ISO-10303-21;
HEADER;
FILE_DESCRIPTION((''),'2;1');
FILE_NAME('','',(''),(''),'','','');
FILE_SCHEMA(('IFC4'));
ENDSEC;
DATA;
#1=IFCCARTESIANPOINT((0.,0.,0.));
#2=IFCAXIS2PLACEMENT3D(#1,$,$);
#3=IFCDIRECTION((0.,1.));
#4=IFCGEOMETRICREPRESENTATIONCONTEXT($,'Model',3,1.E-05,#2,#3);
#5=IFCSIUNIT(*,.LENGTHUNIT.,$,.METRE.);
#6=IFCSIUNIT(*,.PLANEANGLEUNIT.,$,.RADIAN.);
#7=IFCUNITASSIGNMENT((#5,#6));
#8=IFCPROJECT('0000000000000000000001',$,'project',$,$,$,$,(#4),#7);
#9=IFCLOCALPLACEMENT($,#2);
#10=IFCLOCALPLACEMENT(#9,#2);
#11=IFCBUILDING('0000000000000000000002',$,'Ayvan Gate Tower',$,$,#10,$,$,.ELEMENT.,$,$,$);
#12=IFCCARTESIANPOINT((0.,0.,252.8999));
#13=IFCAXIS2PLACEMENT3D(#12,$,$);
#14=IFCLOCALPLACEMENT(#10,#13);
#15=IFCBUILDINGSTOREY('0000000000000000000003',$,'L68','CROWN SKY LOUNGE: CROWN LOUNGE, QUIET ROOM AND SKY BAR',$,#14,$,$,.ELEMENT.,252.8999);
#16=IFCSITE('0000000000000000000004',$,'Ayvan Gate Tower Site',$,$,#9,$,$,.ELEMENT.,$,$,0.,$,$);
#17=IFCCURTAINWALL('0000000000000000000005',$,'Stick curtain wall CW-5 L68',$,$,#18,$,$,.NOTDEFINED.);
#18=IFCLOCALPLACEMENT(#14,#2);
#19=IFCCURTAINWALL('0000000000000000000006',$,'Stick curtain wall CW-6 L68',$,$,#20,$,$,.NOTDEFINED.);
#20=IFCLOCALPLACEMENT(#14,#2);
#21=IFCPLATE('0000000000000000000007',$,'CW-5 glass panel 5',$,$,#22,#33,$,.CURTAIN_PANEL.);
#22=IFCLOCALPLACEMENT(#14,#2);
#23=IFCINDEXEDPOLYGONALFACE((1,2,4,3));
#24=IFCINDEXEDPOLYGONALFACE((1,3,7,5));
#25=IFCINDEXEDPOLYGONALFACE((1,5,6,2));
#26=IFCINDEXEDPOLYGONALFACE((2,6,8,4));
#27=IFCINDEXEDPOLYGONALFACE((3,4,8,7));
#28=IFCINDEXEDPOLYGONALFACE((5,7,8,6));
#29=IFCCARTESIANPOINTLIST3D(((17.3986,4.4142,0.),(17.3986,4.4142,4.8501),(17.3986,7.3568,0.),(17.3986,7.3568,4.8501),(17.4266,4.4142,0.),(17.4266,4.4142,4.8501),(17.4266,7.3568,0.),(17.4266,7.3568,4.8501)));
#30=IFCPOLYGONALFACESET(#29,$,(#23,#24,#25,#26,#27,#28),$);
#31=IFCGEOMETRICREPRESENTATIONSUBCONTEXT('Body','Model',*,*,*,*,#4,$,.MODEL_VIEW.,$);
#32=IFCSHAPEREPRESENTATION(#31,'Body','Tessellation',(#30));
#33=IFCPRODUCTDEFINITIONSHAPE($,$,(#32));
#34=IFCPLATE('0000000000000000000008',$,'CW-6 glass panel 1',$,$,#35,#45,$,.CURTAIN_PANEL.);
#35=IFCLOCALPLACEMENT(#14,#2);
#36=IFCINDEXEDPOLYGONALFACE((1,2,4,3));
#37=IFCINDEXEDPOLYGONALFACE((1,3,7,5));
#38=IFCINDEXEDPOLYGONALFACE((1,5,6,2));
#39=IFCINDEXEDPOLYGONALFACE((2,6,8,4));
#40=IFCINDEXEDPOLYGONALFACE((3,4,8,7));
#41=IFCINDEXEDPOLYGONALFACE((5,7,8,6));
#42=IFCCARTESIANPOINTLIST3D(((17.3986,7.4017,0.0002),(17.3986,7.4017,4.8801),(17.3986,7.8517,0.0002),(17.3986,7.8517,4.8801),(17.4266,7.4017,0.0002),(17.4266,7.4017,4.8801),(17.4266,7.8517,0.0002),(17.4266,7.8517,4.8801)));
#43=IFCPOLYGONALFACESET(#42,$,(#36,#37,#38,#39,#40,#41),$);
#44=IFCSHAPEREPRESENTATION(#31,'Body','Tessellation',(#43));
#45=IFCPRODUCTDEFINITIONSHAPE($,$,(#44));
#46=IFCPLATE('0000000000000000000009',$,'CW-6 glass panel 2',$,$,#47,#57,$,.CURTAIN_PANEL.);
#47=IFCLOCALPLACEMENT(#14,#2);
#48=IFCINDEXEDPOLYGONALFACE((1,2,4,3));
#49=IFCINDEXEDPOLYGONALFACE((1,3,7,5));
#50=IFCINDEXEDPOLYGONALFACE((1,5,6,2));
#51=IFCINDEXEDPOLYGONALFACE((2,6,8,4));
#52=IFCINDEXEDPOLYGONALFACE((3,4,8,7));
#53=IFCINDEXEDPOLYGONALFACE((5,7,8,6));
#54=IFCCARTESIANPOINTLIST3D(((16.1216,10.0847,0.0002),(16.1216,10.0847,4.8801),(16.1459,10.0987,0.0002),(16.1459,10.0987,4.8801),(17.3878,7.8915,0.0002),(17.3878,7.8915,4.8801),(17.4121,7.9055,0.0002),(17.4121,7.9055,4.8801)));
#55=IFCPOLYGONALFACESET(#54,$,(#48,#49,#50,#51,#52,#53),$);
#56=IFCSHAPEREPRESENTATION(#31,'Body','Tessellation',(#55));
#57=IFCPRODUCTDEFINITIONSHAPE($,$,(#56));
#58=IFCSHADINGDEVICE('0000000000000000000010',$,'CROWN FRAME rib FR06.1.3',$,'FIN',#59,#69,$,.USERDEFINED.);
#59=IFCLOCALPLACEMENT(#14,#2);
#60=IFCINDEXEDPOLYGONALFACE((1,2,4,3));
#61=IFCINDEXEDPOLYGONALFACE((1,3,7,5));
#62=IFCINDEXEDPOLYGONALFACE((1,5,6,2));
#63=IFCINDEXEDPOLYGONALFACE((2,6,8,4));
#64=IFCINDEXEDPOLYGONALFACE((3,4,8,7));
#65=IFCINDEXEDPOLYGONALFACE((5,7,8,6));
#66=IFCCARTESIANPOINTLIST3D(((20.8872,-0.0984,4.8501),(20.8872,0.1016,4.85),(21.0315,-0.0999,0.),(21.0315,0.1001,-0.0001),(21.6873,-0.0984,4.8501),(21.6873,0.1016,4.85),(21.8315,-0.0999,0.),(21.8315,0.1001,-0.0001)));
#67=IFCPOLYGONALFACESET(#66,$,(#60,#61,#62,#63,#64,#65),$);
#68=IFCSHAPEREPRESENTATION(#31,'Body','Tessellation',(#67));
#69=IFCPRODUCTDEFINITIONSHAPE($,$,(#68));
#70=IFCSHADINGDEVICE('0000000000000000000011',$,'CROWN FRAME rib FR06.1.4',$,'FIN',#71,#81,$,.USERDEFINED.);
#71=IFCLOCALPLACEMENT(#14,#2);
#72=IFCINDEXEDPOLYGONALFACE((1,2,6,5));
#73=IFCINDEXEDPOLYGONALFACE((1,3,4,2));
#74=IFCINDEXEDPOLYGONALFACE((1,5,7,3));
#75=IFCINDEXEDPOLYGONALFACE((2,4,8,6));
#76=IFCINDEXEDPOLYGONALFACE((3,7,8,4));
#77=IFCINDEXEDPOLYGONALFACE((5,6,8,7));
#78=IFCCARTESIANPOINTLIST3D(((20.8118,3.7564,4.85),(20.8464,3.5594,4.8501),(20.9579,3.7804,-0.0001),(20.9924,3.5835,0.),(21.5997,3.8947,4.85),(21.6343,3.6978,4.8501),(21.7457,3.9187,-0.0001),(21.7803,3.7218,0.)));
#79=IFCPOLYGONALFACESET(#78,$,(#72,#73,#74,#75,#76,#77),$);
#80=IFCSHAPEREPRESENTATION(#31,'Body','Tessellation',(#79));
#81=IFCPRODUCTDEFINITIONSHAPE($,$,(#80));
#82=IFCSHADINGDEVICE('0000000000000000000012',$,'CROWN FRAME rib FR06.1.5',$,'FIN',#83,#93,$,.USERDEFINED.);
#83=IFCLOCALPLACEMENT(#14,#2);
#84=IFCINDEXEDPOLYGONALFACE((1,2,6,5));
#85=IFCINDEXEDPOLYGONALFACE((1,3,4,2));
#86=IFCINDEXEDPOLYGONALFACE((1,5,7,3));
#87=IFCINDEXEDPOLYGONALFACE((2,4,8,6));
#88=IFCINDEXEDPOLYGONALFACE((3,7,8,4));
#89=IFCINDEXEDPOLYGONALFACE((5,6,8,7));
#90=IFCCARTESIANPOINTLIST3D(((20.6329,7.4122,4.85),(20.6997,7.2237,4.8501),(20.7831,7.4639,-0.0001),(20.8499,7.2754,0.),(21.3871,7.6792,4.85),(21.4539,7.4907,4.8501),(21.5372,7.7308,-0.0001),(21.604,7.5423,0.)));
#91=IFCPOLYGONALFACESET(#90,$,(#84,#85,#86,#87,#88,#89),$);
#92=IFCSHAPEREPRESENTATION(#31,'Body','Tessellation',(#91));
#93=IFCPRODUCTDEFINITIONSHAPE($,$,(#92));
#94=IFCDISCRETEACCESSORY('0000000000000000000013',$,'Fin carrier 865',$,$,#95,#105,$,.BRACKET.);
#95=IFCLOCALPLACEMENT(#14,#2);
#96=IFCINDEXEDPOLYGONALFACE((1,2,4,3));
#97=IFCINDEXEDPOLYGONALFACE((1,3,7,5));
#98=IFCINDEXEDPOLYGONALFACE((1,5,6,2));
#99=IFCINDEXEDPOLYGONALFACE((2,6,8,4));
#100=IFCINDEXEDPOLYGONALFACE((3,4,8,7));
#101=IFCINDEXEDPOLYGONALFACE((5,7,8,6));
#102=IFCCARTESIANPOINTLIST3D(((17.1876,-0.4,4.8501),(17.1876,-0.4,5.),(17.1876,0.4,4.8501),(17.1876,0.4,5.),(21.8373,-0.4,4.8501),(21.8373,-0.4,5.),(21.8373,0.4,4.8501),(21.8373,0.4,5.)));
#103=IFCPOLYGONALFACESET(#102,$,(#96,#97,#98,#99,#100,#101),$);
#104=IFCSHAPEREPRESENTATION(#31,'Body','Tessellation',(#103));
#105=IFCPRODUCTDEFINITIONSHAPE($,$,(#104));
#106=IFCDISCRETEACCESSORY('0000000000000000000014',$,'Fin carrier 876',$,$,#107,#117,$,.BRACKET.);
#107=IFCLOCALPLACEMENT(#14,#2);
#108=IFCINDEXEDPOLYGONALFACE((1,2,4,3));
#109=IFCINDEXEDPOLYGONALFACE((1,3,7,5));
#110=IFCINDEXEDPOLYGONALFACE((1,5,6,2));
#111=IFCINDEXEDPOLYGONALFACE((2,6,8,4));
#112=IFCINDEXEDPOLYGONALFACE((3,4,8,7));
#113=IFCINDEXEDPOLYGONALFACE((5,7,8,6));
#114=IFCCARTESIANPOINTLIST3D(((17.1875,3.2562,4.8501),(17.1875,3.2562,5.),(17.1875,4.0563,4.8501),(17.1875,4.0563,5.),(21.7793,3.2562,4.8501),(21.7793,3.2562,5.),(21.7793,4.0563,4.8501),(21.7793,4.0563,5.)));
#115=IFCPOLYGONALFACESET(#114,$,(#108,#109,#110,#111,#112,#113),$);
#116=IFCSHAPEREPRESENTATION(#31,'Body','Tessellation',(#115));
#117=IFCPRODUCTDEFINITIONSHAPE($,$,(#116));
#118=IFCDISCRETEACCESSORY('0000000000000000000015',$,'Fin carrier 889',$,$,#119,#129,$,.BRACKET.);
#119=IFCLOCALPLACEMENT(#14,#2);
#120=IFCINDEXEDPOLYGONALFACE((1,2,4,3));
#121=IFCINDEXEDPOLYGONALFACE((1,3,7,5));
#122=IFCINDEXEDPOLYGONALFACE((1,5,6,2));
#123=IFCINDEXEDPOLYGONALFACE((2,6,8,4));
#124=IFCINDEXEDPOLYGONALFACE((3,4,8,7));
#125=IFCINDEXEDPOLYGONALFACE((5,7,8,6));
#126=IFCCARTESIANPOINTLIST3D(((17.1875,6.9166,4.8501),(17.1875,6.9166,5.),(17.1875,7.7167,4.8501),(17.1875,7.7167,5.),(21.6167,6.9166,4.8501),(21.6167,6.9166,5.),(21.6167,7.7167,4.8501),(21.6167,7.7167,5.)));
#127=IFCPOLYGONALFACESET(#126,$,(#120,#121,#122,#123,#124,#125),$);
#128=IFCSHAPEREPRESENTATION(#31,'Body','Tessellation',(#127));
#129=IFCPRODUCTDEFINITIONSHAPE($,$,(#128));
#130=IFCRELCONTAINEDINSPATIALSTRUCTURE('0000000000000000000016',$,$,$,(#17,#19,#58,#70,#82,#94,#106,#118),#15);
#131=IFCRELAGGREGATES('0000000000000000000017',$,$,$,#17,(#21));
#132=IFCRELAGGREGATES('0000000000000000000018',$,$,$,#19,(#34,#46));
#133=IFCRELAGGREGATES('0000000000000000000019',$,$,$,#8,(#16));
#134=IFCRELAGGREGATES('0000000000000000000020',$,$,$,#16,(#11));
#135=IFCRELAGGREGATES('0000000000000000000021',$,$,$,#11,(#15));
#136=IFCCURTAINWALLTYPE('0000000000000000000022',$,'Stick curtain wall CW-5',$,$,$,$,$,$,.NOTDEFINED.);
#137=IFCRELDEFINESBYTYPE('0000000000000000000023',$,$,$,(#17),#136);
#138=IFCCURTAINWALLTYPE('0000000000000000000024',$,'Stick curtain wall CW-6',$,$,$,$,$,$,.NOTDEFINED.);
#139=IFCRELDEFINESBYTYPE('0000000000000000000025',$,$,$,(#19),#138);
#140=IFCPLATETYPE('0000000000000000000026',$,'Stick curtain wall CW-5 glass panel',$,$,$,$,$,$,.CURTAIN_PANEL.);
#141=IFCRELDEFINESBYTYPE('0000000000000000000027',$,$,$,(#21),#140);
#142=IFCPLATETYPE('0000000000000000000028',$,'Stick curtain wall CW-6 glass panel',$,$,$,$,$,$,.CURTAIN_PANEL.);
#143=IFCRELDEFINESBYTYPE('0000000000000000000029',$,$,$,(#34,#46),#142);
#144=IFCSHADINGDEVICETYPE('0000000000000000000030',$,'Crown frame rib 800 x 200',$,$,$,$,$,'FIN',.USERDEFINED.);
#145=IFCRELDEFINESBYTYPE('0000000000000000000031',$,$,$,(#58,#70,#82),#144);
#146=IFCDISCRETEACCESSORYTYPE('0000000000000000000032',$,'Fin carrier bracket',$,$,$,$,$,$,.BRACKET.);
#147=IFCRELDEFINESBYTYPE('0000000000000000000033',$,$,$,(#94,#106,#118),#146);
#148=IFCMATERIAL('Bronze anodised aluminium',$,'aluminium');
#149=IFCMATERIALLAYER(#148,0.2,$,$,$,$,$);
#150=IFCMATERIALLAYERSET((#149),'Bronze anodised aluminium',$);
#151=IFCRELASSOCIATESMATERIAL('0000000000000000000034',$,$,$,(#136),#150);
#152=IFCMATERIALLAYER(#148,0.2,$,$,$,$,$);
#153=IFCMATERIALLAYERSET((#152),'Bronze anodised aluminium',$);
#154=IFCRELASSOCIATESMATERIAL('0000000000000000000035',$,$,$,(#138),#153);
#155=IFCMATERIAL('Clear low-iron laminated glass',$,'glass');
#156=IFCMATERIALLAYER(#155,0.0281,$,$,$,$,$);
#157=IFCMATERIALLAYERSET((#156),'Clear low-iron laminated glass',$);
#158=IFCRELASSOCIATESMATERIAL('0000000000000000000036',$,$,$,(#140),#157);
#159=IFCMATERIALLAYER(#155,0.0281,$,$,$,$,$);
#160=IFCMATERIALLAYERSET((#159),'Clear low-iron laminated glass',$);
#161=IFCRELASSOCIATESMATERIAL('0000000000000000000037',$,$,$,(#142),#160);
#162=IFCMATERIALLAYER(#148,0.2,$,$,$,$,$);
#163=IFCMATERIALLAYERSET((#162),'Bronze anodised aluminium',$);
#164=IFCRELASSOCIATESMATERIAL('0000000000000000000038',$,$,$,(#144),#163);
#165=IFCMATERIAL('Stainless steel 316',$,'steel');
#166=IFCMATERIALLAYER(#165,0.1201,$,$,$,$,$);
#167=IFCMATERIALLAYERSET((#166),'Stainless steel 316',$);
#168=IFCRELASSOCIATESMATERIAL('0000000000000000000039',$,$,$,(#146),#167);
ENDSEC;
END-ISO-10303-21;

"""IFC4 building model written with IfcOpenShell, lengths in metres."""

from ifc_helpers import new_model, si_unit, direction, frame, origin, origin_2d, place, context, subcontext, project, spatial, polyline, rectangle, outline, extrude, material, layer, layer_set, type_object, element, aggregate, save


model = new_model("IFC4")

# Units and contexts
model_context = context("Model", 3, precision=1e-05, world=origin(), true_north=direction((0.0, 1.0)))
body_context = subcontext(model_context, "Body", "Model", "MODEL_VIEW")
ifc_project = project(units=[si_unit("LENGTHUNIT", "METRE"), si_unit("PLANEANGLEUNIT", "RADIAN")], contexts=[model_context])

# Site, building, storey
site_placement = place(None, origin())
site = spatial("IfcSite", under=ifc_project, at=site_placement, Name="Ayvan Gate Tower Site", CompositionType="ELEMENT", RefElevation=0.0)
building_placement = place(site_placement, origin())
building = spatial("IfcBuilding", under=site, at=building_placement, Name="Ayvan Gate Tower", CompositionType="ELEMENT")
storey_placement = place(building_placement, frame((0.0, 0.0, 252.8999)))
storey = spatial("IfcBuildingStorey", under=building, at=storey_placement, Name="L68", Description="CROWN SKY LOUNGE: CROWN LOUNGE, QUIET ROOM AND SKY BAR", CompositionType="ELEMENT", Elevation=252.8999)

# Curtain walls
ifc_material_1 = material(Name="Bronze anodised aluminium", Category="aluminium")
ifc_layer_1 = layer(ifc_material_1, 0.2)
ifc_layer_set_1 = layer_set([ifc_layer_1], Name="Bronze anodised aluminium")
curtain_wall_type_1 = type_object("IfcCurtainWallType", Name="Stick curtain wall CW-5", PredefinedType="NOTDEFINED", material=ifc_layer_set_1)
curtain_wall_1_placement = place(storey_placement, origin())
curtain_wall_1 = element("IfcCurtainWall", 1, at=curtain_wall_1_placement, inside=storey, type_object=curtain_wall_type_1, Name="Stick curtain wall CW-5 L68", PredefinedType="NOTDEFINED")
ifc_layer_2 = layer(ifc_material_1, 0.2)
ifc_layer_set_2 = layer_set([ifc_layer_2], Name="Bronze anodised aluminium")
curtain_wall_type_2 = type_object("IfcCurtainWallType", Name="Stick curtain wall CW-6", PredefinedType="NOTDEFINED", material=ifc_layer_set_2)
curtain_wall_2_placement = place(storey_placement, origin())
curtain_wall_2 = element("IfcCurtainWall", 2, at=curtain_wall_2_placement, inside=storey, type_object=curtain_wall_type_2, Name="Stick curtain wall CW-6 L68", PredefinedType="NOTDEFINED")

# Plates
ifc_material_2 = material(Name="Clear low-iron laminated glass", Category="glass")
ifc_layer_3 = layer(ifc_material_2, 0.0281)
ifc_layer_set_3 = layer_set([ifc_layer_3], Name="Clear low-iron laminated glass")
plate_type_1 = type_object("IfcPlateType", Name="Stick curtain wall CW-5 glass panel", PredefinedType="CURTAIN_PANEL", material=ifc_layer_set_3)
plate_1_placement = place(storey_placement, frame((17.4126, 5.8855, 0.0), z_axis=(0.0, 0.0, 1.0), x_axis=(0.0, 1.0, 0.0)))
plate_1 = element("IfcPlate", 3, at=plate_1_placement, type_object=plate_type_1, Name="CW-5 glass panel 5", PredefinedType="CURTAIN_PANEL", context=body_context, shape_type="SweptSolid", body=[
    extrude(rectangle(XDim=2.9426, YDim=0.0281, at=origin_2d()), origin(), (0.0, 0.0, 1.0), 4.8501),
])
aggregate(curtain_wall_1, [plate_1])
ifc_layer_4 = layer(ifc_material_2, 0.0281)
ifc_layer_set_4 = layer_set([ifc_layer_4], Name="Clear low-iron laminated glass")
plate_type_2 = type_object("IfcPlateType", Name="Stick curtain wall CW-6 glass panel", PredefinedType="CURTAIN_PANEL", material=ifc_layer_set_4)
plate_2_placement = place(storey_placement, frame((17.4126, 7.6267, 0.0002), z_axis=(0.0, 0.0, 1.0), x_axis=(0.0, 1.0, 0.0)))
plate_2 = element("IfcPlate", 4, at=plate_2_placement, type_object=plate_type_2, Name="CW-6 glass panel 1", PredefinedType="CURTAIN_PANEL", context=body_context, shape_type="SweptSolid", body=[
    extrude(rectangle(XDim=0.45, YDim=0.0281, at=origin_2d()), origin(), (0.0, 0.0, 1.0), 4.8799),
])
plate_3_placement = place(storey_placement, frame((16.7668, 8.9951, 0.0002), z_axis=(0.0, 0.0, 1.0), x_axis=(-0.5, 0.866025, 0.0)))
plate_3 = element("IfcPlate", 5, at=plate_3_placement, type_object=plate_type_2, Name="CW-6 glass panel 2", PredefinedType="CURTAIN_PANEL", context=body_context, shape_type="SweptSolid", body=[
    extrude(rectangle(XDim=2.5325, YDim=0.0281, at=origin_2d()), origin(), (0.0, 0.0, 1.0), 4.8799),
])
aggregate(curtain_wall_2, [plate_2, plate_3])

# Shading devices
ifc_layer_5 = layer(ifc_material_1, 0.2)
ifc_layer_set_5 = layer_set([ifc_layer_5], Name="Bronze anodised aluminium")
shading_device_type = type_object("IfcShadingDeviceType", Name="Crown frame rib 800 x 200", ElementType="FIN", PredefinedType="USERDEFINED", material=ifc_layer_set_5)
shading_device_1_placement = place(storey_placement, frame((21.0315, -0.0999, 0.0), z_axis=(0.0, -1.0, 0.000302), x_axis=(1.0, 0.0, 0.0)))
element("IfcShadingDevice", 6, at=shading_device_1_placement, inside=storey, type_object=shading_device_type, Name="CROWN FRAME rib FR06.1.3", ObjectType="FIN", PredefinedType="USERDEFINED", context=body_context, shape_type="SweptSolid", body=[
    extrude(outline(polyline([(0.0, 0.0), (0.8, 0.0), (0.6558, 4.8501), (-0.1443, 4.8501), (0.0, 0.0)])), origin(), (0.0, 0.0, -1.0), 0.2),
])
shading_device_2_placement = place(storey_placement, frame((20.9924, 3.5835, 0.0), z_axis=(0.172906, -0.984938, 0.000321), x_axis=(0.984938, 0.172906, 0.0)))
element("IfcShadingDevice", 7, at=shading_device_2_placement, inside=storey, type_object=shading_device_type, Name="CROWN FRAME rib FR06.1.4", ObjectType="FIN", PredefinedType="USERDEFINED", context=body_context, shape_type="SweptSolid", body=[
    extrude(outline(polyline([(0.0, 0.0), (0.7999, 0.0), (0.6519, 4.8501), (-0.148, 4.8501), (0.0, 0.0)])), origin(), (0.0, 0.0, -1.0), 0.2),
])
shading_device_3_placement = place(storey_placement, frame((20.8499, 7.2754, 0.0), z_axis=(0.333706, -0.942677, 0.000295), x_axis=(0.942677, 0.333706, 0.0)))
element("IfcShadingDevice", 8, at=shading_device_3_placement, inside=storey, type_object=shading_device_type, Name="CROWN FRAME rib FR06.1.5", ObjectType="FIN", PredefinedType="USERDEFINED", context=body_context, shape_type="SweptSolid", body=[
    extrude(outline(polyline([(0.0, 0.0), (0.8, 0.0), (0.6412, 4.8501), (-0.1588, 4.8501), (0.0, 0.0)])), origin(), (0.0, 0.0, -1.0), 0.2),
])

# Discrete accessories
ifc_material_3 = material(Name="Stainless steel 316", Category="steel")
ifc_layer_6 = layer(ifc_material_3, 0.1201)
ifc_layer_set_6 = layer_set([ifc_layer_6], Name="Stainless steel 316")
discrete_accessory_type = type_object("IfcDiscreteAccessoryType", Name="Fin carrier bracket", PredefinedType="BRACKET", material=ifc_layer_set_6)
discrete_accessory_1_placement = place(storey_placement, frame((19.5125, 0.0, 4.8501), z_axis=(0.0, 0.0, 1.0), x_axis=(0.0, 1.0, 0.0)))
element("IfcDiscreteAccessory", 9, at=discrete_accessory_1_placement, inside=storey, type_object=discrete_accessory_type, Name="Fin carrier 865", PredefinedType="BRACKET", context=body_context, shape_type="SweptSolid", body=[
    extrude(rectangle(XDim=0.8, YDim=4.6497, at=origin_2d()), origin(), (0.0, 0.0, 1.0), 0.1499),
])
discrete_accessory_2_placement = place(storey_placement, frame((19.4834, 3.6562, 4.8501), z_axis=(0.0, 0.0, 1.0), x_axis=(0.0, 1.0, 0.0)))
element("IfcDiscreteAccessory", 10, at=discrete_accessory_2_placement, inside=storey, type_object=discrete_accessory_type, Name="Fin carrier 876", PredefinedType="BRACKET", context=body_context, shape_type="SweptSolid", body=[
    extrude(rectangle(XDim=0.8, YDim=4.5918, at=origin_2d()), origin(), (0.0, 0.0, 1.0), 0.1499),
])
discrete_accessory_3_placement = place(storey_placement, frame((19.4021, 7.3167, 4.8501), z_axis=(0.0, 0.0, 1.0), x_axis=(0.0, 1.0, 0.0)))
element("IfcDiscreteAccessory", 11, at=discrete_accessory_3_placement, inside=storey, type_object=discrete_accessory_type, Name="Fin carrier 889", PredefinedType="BRACKET", context=body_context, shape_type="SweptSolid", body=[
    extrude(rectangle(XDim=0.8, YDim=4.4292, at=origin_2d()), origin(), (0.0, 0.0, 1.0), 0.1499),
])

save(model, "model.ifc")
